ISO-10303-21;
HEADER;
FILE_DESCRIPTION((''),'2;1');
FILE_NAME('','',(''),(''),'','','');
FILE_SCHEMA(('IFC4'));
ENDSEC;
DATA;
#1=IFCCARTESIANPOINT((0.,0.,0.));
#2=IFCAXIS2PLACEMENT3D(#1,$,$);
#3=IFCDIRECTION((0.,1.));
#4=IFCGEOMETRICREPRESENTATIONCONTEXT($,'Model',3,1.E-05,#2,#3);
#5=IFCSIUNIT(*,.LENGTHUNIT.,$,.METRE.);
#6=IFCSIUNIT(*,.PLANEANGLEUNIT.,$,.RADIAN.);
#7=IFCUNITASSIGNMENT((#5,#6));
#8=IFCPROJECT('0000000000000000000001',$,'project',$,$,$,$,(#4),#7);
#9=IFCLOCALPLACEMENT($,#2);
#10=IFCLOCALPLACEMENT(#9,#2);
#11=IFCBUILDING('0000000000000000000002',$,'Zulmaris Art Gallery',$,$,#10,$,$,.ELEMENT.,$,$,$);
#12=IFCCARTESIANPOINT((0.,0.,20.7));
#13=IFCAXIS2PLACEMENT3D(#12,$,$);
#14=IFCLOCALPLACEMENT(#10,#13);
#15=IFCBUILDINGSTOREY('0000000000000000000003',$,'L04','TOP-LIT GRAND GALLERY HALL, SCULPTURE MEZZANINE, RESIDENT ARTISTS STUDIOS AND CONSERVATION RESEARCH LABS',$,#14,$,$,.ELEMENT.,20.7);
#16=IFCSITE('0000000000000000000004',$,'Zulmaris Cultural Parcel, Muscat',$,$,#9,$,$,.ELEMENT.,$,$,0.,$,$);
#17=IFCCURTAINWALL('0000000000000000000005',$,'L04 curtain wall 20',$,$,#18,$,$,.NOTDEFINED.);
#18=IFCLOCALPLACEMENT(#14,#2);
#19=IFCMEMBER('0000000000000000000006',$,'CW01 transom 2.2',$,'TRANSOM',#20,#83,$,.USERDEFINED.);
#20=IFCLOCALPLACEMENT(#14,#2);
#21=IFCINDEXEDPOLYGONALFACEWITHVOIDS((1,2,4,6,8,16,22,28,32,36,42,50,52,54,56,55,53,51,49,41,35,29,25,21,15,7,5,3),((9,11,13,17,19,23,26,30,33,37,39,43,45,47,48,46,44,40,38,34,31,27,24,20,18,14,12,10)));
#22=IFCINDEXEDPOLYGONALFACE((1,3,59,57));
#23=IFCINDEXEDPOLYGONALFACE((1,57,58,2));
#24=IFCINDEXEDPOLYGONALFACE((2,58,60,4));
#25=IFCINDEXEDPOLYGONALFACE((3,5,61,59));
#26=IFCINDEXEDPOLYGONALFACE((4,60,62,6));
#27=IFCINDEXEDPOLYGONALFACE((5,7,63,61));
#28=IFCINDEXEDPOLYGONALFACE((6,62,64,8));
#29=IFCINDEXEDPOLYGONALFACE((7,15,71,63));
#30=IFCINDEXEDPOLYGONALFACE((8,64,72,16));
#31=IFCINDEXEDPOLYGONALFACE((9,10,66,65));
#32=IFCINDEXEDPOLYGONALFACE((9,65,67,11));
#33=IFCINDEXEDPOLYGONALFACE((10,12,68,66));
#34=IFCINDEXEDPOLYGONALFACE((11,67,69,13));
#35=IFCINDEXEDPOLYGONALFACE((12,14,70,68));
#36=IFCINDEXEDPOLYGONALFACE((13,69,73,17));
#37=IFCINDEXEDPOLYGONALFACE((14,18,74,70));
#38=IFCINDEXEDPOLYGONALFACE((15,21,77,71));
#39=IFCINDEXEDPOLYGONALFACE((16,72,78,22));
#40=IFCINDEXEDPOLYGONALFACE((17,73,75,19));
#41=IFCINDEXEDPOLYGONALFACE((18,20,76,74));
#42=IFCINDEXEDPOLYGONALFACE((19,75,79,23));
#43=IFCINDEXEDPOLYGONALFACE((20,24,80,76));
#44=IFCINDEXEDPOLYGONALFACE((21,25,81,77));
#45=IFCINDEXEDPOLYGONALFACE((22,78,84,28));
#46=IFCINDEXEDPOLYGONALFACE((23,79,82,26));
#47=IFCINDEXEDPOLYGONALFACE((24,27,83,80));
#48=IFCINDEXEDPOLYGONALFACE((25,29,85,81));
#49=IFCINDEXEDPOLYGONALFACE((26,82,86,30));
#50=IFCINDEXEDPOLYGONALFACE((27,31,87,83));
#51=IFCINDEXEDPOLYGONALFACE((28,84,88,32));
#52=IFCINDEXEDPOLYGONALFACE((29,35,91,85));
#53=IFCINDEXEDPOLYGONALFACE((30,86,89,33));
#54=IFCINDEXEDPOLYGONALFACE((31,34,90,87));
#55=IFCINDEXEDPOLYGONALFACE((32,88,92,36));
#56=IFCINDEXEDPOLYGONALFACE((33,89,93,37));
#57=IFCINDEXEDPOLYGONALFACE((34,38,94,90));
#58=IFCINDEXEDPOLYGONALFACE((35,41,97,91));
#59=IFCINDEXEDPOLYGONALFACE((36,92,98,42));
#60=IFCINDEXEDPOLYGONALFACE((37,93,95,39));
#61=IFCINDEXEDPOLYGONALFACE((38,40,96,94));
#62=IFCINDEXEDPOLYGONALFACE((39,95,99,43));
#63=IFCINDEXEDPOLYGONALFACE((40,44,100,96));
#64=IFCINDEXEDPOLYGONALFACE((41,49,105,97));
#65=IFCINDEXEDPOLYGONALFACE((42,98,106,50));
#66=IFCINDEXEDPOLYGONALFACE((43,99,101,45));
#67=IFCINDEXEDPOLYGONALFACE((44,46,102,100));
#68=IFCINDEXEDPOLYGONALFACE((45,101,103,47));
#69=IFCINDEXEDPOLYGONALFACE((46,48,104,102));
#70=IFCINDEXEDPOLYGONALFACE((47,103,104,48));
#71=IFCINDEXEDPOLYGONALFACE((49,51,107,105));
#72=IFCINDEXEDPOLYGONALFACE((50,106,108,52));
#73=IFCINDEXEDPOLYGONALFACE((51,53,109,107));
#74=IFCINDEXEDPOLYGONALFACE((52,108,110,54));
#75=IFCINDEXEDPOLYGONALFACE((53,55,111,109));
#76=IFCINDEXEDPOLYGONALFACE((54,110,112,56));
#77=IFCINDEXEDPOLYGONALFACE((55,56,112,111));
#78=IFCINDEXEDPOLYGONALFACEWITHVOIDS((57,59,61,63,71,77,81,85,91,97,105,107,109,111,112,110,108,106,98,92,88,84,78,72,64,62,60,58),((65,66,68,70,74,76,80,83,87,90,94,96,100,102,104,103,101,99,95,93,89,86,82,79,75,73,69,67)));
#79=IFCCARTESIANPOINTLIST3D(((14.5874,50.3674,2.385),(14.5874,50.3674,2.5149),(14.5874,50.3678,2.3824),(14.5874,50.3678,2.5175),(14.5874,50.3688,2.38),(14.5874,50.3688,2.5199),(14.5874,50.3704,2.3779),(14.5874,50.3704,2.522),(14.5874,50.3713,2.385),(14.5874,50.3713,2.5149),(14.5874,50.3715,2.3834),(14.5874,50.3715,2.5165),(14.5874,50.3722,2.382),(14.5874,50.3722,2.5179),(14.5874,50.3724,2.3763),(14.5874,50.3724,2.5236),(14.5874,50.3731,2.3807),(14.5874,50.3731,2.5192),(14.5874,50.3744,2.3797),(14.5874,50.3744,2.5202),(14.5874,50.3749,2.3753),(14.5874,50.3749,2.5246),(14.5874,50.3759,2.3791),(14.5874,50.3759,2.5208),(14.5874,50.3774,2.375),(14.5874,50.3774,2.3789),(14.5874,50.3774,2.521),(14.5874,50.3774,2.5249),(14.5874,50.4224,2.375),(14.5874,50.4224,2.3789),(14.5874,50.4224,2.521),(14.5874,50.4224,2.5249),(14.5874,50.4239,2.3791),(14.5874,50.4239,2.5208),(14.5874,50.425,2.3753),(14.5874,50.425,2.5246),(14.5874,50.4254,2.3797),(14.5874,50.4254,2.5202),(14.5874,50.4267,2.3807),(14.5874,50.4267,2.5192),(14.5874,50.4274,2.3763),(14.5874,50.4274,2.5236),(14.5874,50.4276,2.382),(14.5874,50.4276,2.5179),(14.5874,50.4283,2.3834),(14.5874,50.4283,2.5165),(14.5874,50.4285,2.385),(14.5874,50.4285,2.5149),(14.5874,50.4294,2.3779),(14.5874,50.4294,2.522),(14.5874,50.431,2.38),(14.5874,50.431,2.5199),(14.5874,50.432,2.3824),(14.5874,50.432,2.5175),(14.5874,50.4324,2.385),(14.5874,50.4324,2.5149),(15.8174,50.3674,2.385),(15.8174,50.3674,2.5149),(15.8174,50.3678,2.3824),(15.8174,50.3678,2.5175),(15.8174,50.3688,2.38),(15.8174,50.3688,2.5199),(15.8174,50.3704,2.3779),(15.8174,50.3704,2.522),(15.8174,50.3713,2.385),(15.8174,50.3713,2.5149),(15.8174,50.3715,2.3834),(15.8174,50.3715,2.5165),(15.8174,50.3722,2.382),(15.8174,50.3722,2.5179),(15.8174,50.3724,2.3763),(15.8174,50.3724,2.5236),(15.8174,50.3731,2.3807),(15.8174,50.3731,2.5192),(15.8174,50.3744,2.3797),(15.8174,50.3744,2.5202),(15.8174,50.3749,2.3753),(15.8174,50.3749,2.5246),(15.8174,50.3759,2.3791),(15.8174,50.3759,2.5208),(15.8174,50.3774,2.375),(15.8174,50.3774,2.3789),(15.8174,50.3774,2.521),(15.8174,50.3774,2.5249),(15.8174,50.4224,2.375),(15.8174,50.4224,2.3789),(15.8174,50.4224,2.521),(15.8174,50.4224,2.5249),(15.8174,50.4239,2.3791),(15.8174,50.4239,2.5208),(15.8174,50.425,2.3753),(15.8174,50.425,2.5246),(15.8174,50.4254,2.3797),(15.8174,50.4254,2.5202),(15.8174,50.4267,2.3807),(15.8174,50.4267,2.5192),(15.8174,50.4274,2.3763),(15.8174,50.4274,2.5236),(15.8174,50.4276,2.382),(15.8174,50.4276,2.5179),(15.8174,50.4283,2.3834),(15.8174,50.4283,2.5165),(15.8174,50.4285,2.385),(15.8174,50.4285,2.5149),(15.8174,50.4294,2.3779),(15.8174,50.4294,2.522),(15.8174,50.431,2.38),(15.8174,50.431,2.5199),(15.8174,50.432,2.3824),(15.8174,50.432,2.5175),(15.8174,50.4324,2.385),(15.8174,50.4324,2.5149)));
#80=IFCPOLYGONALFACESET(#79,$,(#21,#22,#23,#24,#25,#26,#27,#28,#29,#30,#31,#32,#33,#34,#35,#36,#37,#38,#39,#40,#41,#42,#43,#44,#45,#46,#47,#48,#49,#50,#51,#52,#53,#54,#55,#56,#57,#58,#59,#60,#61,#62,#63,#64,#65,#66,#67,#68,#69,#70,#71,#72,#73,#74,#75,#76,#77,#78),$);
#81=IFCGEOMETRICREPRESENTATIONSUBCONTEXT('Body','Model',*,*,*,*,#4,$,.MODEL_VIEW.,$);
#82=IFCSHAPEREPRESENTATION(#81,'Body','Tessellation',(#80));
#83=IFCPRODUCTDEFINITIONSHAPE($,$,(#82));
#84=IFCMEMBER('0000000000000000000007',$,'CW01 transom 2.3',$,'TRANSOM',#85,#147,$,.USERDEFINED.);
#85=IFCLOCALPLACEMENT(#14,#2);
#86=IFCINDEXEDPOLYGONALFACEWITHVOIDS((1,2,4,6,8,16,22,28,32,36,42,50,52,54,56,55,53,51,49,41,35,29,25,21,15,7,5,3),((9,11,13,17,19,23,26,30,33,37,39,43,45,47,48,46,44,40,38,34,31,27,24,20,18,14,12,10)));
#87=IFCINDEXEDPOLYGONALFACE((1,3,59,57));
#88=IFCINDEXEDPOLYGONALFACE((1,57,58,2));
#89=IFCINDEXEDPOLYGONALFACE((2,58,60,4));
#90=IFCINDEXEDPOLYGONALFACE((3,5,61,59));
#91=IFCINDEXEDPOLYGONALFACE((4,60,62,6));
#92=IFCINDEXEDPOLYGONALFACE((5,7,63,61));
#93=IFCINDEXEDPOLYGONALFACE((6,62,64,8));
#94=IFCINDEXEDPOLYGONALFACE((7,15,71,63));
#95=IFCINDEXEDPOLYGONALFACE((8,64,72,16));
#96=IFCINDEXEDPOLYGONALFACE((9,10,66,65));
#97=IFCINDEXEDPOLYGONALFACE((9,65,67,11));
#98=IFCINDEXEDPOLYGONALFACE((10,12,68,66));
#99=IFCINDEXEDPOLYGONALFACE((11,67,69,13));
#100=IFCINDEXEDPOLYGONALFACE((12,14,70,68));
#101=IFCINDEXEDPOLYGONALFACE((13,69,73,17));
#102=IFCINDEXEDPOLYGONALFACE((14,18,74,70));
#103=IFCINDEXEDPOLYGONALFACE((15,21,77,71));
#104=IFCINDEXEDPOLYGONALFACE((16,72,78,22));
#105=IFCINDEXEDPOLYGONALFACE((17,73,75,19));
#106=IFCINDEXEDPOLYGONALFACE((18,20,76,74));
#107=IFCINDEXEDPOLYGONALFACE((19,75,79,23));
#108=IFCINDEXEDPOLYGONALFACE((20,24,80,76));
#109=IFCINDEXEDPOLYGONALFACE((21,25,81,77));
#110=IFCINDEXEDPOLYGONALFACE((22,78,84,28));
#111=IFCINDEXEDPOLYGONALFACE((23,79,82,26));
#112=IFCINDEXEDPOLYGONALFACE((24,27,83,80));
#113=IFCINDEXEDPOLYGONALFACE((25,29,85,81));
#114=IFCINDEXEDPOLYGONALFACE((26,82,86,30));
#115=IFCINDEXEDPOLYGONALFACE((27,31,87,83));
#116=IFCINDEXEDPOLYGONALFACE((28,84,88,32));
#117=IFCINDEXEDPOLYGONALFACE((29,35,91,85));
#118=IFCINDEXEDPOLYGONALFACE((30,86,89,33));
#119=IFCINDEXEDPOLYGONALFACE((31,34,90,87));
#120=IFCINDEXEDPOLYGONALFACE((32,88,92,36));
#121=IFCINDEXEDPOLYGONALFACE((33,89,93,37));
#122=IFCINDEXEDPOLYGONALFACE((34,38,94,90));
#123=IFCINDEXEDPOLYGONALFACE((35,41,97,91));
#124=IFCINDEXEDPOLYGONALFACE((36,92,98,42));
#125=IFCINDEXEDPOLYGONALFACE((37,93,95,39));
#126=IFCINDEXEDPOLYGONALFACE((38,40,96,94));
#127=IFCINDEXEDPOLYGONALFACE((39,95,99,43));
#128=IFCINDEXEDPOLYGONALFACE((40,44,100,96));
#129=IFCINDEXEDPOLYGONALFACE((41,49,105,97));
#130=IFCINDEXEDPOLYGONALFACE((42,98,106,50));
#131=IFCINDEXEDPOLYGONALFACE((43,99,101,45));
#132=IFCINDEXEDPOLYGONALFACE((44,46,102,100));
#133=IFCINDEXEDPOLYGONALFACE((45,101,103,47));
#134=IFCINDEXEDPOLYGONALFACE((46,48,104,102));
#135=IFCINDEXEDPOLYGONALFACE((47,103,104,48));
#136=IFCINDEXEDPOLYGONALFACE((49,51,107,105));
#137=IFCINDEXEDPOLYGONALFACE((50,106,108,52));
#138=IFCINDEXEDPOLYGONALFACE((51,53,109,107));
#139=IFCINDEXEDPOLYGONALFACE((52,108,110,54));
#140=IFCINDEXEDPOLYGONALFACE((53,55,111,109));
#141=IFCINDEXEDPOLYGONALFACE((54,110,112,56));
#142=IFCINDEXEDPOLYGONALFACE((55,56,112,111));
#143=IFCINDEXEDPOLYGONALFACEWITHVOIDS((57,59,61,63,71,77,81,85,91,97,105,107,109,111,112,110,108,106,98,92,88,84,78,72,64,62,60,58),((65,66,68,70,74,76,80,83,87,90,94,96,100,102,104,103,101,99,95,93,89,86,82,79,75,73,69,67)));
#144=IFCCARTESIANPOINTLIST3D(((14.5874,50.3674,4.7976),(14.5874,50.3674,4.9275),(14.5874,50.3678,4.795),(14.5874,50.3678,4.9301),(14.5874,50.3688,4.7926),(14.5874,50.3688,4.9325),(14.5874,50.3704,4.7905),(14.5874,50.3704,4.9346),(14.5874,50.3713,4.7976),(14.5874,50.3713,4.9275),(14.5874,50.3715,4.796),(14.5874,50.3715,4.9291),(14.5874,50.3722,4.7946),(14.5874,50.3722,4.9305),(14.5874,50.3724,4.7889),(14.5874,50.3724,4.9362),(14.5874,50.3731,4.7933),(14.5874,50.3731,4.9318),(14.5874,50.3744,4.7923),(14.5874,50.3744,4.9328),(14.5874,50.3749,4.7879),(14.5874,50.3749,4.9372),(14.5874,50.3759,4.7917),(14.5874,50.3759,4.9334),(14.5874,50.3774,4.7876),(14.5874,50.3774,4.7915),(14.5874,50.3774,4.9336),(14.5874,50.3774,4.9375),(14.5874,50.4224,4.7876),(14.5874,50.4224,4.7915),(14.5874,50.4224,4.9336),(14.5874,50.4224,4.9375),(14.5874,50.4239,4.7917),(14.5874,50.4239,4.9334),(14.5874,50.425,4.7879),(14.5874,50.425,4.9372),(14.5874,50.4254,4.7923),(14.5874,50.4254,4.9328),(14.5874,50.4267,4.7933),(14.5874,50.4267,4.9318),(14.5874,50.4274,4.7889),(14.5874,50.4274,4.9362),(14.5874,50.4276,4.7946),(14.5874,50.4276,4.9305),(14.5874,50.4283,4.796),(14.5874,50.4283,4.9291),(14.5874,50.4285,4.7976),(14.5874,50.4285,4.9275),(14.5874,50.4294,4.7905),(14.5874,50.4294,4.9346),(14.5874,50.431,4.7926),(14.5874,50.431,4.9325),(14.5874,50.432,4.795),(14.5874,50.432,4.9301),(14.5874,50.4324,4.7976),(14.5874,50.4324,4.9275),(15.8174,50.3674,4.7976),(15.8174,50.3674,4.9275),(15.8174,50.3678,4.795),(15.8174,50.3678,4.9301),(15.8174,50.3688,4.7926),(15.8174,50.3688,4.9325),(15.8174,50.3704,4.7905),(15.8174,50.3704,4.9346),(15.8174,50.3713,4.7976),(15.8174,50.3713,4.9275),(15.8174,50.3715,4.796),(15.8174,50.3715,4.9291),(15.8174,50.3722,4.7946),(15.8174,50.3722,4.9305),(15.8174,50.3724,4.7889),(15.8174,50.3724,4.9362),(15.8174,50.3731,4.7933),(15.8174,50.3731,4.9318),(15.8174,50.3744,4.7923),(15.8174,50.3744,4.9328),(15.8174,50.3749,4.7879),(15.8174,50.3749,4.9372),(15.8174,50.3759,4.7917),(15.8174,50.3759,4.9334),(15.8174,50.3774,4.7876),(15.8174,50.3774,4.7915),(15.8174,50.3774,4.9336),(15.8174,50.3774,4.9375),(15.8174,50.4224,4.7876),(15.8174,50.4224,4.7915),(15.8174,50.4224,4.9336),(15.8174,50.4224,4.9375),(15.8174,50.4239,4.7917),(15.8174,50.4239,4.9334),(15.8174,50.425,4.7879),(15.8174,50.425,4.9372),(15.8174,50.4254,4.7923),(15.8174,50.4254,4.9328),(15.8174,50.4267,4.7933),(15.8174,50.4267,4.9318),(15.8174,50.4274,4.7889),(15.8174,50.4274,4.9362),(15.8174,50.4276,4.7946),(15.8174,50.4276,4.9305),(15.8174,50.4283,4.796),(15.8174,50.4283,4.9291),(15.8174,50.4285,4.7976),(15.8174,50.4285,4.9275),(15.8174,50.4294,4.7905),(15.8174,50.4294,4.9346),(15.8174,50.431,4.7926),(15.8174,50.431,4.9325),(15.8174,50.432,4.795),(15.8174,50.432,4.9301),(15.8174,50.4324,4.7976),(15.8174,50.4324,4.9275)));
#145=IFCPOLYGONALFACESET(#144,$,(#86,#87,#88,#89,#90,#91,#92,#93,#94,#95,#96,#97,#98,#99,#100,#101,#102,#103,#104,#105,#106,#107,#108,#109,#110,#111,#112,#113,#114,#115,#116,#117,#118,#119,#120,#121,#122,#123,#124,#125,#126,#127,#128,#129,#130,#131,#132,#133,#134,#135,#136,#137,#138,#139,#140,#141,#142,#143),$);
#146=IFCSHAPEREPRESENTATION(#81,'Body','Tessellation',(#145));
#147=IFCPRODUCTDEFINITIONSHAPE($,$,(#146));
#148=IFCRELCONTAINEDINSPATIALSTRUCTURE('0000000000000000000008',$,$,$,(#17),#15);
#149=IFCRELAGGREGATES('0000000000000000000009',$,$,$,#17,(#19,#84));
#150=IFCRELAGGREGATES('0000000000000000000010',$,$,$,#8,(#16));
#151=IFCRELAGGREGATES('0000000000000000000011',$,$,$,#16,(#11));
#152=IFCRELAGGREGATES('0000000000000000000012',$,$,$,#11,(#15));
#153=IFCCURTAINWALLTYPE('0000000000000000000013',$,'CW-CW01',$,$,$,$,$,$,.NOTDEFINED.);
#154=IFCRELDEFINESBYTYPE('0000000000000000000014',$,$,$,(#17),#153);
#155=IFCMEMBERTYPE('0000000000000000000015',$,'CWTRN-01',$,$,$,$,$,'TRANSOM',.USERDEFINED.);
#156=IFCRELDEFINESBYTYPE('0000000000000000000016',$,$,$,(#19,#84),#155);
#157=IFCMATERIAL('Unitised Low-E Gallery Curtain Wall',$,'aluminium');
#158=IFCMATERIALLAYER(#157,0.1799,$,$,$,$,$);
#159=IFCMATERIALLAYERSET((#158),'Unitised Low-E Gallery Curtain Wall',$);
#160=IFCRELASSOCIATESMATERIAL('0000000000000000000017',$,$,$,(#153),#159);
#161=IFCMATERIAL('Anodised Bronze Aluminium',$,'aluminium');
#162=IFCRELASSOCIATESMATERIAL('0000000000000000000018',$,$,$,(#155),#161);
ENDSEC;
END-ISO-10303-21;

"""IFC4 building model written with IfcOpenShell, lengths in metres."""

from ifc_helpers import new_model, si_unit, direction, frame, origin, origin_2d, place, context, subcontext, project, spatial, hollow_rectangle, extrude, material, layer, layer_set, material_profile, profile_set, type_object, element, aggregate, save


model = new_model("IFC4")

# Units and contexts
model_context = context("Model", 3, precision=1e-05, world=origin(), true_north=direction((0.0, 1.0)))
body_context = subcontext(model_context, "Body", "Model", "MODEL_VIEW")
ifc_project = project(units=[si_unit("LENGTHUNIT", "METRE"), si_unit("PLANEANGLEUNIT", "RADIAN")], contexts=[model_context])

# Site, building, storey
site_placement = place(None, origin())
site = spatial("IfcSite", under=ifc_project, at=site_placement, Name="Zulmaris Cultural Parcel, Muscat", CompositionType="ELEMENT", RefElevation=0.0)
building_placement = place(site_placement, origin())
building = spatial("IfcBuilding", under=site, at=building_placement, Name="Zulmaris Art Gallery", CompositionType="ELEMENT")
storey_placement = place(building_placement, frame((0.0, 0.0, 20.7)))
storey = spatial("IfcBuildingStorey", under=building, at=storey_placement, Name="L04", Description="TOP-LIT GRAND GALLERY HALL, SCULPTURE MEZZANINE, RESIDENT ARTISTS STUDIOS AND CONSERVATION RESEARCH LABS", CompositionType="ELEMENT", Elevation=20.7)

# Curtain wall
ifc_material_1 = material(Name="Unitised Low-E Gallery Curtain Wall", Category="aluminium")
ifc_layer_1 = layer(ifc_material_1, 0.1799)
ifc_layer_set_1 = layer_set([ifc_layer_1], Name="Unitised Low-E Gallery Curtain Wall")
curtain_wall_type = type_object("IfcCurtainWallType", Name="CW-CW01", PredefinedType="NOTDEFINED", material=ifc_layer_set_1)
curtain_wall_1_placement = place(storey_placement, origin())
curtain_wall_1 = element("IfcCurtainWall", 1, at=curtain_wall_1_placement, inside=storey, type_object=curtain_wall_type, Name="L04 curtain wall 20", PredefinedType="NOTDEFINED")
ifc_material_2 = material(Name="Anodised Bronze Aluminium", Category="aluminium")

# Members
ifc_material_profile_1 = material_profile(ifc_material_2, hollow_rectangle(XDim=0.0649, YDim=0.1499, WallThickness=0.0039, InnerFilletRadius=0.0061, OuterFilletRadius=0.01, at=origin_2d()), Name="ALU 65x150x4")
ifc_profile_set_1 = profile_set([ifc_material_profile_1], Name="Anodised Bronze Aluminium")
member_type_1 = type_object("IfcMemberType", Name="CWTRN-01", ElementType="TRANSOM", PredefinedType="USERDEFINED", material=ifc_profile_set_1)
member_1_placement = place(storey_placement, frame((15.8174, 50.3999, 2.45), z_axis=(-1.0, 0.0, 0.0), x_axis=(0.0, -1.0, 0.0)))
member_1 = element("IfcMember", 2, at=member_1_placement, type_object=member_type_1, Name="CW01 transom 2.2", ObjectType="TRANSOM", PredefinedType="USERDEFINED", context=body_context, shape_type="SweptSolid", body=[
    extrude(hollow_rectangle(XDim=0.0649, YDim=0.1499, WallThickness=0.0039, InnerFilletRadius=0.0061, OuterFilletRadius=0.01, at=origin_2d()), origin(), (0.0, 0.0, 1.0), 1.23),
])
member_2_placement = place(storey_placement, frame((15.8174, 50.3999, 4.8625), z_axis=(-1.0, 0.0, 0.0), x_axis=(0.0, -1.0, 0.0)))
member_2 = element("IfcMember", 3, at=member_2_placement, type_object=member_type_1, Name="CW01 transom 2.3", ObjectType="TRANSOM", PredefinedType="USERDEFINED", context=body_context, shape_type="SweptSolid", body=[
    extrude(hollow_rectangle(XDim=0.0649, YDim=0.1499, WallThickness=0.0039, InnerFilletRadius=0.0061, OuterFilletRadius=0.01, at=origin_2d()), origin(), (0.0, 0.0, 1.0), 1.23),
])

aggregate(curtain_wall_1, [member_1, member_2])

save(model, "model.ifc")
